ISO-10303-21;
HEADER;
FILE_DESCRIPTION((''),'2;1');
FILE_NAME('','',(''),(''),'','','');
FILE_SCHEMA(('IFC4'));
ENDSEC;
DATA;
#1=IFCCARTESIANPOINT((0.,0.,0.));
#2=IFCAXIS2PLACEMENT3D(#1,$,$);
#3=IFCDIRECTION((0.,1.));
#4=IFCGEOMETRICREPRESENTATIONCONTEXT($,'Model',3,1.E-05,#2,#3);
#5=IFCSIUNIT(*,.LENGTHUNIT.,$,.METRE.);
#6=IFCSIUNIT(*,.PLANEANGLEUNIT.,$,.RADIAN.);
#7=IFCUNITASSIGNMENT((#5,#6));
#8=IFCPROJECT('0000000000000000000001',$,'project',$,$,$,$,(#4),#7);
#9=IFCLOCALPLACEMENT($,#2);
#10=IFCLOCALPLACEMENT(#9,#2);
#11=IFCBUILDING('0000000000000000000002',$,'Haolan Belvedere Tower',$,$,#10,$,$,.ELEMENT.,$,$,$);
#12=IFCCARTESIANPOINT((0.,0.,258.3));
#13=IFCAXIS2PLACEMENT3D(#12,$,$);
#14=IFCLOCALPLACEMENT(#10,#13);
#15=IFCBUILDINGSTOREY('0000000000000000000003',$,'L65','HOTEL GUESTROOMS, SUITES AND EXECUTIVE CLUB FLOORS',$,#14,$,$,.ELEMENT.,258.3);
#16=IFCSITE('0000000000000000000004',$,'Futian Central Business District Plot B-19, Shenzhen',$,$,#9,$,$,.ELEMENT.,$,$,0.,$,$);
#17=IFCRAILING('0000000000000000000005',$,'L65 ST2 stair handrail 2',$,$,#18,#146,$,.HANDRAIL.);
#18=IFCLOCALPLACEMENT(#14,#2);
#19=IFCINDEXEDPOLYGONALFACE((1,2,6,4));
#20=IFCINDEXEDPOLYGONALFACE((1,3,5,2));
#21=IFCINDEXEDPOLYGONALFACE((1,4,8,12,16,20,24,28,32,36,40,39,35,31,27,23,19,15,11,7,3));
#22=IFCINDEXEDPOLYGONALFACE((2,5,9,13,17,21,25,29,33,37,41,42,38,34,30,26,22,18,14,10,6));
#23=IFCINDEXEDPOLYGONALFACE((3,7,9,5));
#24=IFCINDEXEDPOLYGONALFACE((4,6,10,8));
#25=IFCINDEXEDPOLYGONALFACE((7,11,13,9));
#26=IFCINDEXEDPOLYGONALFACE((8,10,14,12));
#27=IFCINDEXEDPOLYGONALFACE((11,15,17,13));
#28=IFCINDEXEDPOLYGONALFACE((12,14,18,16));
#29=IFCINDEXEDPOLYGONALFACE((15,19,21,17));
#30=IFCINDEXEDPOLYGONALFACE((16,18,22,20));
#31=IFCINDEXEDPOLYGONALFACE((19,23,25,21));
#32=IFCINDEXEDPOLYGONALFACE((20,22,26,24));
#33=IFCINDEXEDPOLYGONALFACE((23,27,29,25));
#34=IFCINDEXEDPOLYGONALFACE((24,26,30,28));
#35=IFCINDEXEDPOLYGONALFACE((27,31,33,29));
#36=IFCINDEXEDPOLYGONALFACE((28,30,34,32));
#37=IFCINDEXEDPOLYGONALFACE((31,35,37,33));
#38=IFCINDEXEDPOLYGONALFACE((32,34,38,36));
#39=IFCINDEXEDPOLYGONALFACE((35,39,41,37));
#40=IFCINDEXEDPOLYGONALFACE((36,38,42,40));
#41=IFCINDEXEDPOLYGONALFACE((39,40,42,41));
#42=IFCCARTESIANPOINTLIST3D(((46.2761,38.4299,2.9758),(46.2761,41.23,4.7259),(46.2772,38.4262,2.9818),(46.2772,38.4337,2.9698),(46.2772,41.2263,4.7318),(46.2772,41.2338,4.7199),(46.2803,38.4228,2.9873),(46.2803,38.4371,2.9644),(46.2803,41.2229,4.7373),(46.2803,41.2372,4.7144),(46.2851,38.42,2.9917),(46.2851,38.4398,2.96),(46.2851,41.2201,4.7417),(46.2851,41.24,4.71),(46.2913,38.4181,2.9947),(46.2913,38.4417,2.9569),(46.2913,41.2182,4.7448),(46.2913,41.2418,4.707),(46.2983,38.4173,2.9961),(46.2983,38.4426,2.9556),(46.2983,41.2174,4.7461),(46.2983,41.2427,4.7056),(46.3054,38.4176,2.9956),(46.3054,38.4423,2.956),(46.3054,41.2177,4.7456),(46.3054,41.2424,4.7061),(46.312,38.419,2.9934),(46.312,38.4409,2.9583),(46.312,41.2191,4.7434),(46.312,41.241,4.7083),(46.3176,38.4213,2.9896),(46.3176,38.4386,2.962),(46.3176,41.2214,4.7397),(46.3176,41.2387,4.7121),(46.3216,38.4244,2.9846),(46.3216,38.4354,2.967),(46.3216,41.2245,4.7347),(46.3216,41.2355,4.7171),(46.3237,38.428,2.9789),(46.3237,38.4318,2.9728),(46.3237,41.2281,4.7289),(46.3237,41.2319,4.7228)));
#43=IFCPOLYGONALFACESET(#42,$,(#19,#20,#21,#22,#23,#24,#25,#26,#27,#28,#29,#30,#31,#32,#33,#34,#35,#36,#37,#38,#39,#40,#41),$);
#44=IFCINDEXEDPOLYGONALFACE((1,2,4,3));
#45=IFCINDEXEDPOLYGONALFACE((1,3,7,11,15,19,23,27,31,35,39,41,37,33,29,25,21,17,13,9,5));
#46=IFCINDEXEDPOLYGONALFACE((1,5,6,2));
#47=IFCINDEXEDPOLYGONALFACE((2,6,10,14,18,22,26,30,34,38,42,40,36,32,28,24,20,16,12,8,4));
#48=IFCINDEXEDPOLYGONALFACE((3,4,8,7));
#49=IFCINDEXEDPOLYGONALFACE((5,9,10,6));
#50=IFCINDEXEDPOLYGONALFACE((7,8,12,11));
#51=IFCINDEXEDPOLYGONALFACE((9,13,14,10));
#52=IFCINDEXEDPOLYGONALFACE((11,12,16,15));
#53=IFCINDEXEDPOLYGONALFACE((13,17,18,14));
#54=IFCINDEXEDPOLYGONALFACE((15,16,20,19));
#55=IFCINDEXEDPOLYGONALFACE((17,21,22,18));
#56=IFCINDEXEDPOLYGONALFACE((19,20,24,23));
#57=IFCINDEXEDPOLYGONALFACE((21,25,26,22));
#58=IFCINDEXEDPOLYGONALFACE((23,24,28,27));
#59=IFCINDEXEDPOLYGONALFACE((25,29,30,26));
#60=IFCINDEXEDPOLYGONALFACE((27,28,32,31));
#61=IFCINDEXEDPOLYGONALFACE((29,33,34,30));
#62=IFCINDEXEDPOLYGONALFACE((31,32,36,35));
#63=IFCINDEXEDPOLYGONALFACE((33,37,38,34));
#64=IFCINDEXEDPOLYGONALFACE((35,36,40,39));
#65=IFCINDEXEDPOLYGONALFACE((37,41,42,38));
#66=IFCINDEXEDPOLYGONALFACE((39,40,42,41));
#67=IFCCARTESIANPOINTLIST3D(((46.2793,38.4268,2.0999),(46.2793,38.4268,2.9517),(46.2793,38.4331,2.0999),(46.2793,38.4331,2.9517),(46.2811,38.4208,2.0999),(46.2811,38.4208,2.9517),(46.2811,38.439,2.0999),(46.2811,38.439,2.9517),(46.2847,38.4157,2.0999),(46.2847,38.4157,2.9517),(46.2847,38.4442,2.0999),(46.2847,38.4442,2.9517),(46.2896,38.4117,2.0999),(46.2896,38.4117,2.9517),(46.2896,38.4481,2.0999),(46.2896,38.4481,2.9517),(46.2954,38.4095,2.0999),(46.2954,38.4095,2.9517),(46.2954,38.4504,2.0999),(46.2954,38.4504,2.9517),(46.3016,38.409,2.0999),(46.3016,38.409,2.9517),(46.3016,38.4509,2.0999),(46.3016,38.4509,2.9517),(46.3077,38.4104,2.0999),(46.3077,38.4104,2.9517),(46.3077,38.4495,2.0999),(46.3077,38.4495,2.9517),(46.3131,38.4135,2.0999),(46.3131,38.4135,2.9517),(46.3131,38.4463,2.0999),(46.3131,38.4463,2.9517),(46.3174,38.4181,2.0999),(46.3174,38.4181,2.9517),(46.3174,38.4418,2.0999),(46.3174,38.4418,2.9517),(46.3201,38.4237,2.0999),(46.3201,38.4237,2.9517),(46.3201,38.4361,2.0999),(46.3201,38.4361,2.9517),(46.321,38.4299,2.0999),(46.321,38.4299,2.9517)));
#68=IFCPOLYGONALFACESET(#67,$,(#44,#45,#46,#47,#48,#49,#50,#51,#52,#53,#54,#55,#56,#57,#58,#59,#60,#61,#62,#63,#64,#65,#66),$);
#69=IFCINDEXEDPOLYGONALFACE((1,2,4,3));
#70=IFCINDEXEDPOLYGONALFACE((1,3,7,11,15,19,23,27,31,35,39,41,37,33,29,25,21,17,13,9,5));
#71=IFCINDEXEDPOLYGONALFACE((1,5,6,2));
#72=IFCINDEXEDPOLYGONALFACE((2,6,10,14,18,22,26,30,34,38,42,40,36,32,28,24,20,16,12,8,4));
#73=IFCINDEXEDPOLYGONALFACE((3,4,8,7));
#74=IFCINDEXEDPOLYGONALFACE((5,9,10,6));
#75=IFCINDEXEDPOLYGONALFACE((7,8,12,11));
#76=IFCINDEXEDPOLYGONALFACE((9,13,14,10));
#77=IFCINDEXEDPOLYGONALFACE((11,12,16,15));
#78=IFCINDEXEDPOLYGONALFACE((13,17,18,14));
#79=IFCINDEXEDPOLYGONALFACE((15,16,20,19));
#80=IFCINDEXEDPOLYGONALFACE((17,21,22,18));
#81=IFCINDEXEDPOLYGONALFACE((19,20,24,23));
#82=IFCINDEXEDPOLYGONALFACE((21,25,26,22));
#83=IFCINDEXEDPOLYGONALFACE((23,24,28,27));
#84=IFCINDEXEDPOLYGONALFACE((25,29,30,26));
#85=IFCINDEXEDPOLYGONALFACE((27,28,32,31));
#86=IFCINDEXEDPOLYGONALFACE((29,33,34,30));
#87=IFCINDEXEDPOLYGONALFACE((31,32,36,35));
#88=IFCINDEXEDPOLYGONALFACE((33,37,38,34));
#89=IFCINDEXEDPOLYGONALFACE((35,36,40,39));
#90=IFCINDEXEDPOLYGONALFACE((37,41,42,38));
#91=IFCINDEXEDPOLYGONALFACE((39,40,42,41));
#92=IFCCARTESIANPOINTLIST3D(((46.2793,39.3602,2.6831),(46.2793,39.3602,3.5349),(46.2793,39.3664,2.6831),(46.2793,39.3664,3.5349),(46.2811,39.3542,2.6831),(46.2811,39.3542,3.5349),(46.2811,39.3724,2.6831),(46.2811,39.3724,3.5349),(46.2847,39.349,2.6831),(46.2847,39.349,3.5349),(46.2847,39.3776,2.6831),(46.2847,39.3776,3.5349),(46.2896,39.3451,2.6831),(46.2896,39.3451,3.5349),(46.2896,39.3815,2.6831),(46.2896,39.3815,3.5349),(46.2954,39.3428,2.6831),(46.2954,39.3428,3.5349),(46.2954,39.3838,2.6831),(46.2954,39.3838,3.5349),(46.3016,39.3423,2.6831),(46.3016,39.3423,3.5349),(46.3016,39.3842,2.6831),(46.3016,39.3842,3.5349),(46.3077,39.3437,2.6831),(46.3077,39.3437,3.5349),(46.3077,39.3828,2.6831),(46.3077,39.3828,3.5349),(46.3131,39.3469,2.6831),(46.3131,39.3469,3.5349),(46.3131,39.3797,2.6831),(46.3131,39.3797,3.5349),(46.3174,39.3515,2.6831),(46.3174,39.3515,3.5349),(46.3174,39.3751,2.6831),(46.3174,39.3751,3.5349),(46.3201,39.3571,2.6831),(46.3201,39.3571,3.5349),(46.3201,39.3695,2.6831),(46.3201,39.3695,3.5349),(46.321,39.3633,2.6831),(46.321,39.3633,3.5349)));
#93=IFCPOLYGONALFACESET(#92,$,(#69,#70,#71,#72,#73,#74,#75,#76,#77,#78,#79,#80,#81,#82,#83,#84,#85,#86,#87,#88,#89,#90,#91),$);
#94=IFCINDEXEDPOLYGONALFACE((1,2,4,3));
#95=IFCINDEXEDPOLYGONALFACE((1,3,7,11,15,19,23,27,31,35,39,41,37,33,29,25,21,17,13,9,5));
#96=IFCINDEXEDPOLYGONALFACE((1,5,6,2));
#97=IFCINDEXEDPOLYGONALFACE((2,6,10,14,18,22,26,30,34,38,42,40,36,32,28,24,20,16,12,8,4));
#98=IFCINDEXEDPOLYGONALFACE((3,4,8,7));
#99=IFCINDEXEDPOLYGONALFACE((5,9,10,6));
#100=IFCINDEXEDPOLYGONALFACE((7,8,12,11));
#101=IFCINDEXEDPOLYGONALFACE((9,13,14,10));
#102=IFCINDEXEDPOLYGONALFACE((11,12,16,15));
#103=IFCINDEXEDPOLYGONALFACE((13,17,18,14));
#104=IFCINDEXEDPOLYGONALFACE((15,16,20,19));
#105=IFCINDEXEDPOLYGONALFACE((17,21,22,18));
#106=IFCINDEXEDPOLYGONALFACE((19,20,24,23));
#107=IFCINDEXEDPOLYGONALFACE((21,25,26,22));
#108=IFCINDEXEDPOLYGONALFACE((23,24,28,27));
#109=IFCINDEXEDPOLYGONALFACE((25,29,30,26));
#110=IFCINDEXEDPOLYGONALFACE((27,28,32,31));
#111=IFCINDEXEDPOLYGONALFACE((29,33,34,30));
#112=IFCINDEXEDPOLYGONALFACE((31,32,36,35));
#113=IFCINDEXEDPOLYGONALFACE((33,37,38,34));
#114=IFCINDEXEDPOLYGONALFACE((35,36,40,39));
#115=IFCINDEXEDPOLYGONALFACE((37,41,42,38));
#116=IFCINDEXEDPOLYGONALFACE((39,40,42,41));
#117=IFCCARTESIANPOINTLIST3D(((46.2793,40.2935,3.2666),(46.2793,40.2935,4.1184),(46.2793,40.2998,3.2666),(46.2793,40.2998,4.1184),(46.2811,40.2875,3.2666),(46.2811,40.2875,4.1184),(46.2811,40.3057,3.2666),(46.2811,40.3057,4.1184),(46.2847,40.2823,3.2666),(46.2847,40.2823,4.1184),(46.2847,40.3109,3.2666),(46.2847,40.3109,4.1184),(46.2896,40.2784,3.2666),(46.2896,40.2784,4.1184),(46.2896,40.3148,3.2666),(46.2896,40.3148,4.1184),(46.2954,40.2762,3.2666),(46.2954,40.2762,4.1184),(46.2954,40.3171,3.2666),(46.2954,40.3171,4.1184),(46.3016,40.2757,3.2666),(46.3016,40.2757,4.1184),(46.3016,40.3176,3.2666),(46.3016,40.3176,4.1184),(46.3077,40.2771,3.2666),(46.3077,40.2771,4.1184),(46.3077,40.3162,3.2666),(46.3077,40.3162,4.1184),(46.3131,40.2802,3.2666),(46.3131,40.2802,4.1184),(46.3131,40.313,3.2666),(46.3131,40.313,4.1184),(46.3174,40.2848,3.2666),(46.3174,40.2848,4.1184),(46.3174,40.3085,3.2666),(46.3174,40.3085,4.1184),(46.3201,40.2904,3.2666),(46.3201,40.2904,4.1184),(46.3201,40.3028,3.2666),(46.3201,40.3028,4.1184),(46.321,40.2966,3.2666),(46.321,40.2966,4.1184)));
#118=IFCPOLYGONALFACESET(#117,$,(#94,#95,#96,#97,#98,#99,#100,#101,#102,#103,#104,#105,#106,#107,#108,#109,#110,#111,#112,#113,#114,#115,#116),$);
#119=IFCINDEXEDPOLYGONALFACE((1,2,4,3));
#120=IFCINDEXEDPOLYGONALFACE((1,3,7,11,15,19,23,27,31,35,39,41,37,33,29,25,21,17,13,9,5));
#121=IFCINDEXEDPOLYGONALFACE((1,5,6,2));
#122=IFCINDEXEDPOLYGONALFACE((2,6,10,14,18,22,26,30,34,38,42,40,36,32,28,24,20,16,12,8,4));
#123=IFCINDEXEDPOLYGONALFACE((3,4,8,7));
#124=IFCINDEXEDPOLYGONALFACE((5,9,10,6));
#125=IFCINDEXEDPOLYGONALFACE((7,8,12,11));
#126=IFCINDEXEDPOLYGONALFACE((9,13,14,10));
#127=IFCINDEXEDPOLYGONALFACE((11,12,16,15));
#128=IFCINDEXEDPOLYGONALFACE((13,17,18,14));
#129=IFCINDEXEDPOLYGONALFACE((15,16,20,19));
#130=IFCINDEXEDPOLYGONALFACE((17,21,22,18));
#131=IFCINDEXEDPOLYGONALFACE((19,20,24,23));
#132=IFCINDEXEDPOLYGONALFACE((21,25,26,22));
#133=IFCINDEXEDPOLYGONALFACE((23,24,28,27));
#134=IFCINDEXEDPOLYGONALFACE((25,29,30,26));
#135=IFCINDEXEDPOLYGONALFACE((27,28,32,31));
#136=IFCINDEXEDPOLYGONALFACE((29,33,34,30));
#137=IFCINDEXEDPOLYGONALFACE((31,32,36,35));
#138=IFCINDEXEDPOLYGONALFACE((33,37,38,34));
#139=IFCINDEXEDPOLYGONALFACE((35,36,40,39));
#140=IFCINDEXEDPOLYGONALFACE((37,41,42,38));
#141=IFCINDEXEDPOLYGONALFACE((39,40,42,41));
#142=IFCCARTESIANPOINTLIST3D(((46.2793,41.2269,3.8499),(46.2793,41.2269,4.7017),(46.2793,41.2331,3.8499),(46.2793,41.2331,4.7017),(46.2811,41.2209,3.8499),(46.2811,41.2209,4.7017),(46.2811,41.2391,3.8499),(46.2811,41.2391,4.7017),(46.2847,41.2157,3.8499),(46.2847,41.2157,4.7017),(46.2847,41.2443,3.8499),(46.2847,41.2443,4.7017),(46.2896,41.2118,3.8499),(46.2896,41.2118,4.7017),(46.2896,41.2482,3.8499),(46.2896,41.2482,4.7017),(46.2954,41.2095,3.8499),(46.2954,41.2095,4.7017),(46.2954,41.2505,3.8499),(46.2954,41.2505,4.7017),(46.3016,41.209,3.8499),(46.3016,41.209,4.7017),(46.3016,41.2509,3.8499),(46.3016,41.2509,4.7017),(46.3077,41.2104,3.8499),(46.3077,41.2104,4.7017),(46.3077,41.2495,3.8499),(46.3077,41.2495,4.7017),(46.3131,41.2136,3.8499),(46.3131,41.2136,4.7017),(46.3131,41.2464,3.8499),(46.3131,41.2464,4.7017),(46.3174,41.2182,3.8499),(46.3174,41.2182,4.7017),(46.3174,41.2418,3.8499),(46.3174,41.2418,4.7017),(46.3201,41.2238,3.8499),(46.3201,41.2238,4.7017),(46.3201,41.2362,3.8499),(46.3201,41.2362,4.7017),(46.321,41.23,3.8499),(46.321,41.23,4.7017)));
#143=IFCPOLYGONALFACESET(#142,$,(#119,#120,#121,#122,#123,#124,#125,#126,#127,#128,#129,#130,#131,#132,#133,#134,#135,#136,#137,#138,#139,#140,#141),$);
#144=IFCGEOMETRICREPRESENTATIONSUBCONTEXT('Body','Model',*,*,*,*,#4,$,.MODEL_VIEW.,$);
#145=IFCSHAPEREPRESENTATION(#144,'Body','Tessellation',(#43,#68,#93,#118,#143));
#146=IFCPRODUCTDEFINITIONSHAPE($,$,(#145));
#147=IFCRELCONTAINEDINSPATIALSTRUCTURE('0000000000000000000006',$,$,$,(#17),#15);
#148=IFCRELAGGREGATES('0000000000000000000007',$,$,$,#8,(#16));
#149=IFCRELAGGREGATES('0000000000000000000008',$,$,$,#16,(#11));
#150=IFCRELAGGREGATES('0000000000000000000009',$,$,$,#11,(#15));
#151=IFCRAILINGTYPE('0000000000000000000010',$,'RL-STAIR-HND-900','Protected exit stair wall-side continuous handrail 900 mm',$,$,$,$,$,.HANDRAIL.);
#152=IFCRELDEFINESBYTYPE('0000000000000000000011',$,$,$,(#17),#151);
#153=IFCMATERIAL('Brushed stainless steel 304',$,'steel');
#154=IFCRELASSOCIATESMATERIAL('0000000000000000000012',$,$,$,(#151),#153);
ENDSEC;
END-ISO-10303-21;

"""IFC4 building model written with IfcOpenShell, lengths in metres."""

from ifc_helpers import new_model, si_unit, direction, frame, origin, origin_2d, place, context, subcontext, project, spatial, circle, extrude, material, type_object, element, save


model = new_model("IFC4")

# Units and contexts
model_context = context("Model", 3, precision=1e-05, world=origin(), true_north=direction((0.0, 1.0)))
body_context = subcontext(model_context, "Body", "Model", "MODEL_VIEW")
ifc_project = project(units=[si_unit("LENGTHUNIT", "METRE"), si_unit("PLANEANGLEUNIT", "RADIAN")], contexts=[model_context])

# Site, building, storey
site_placement = place(None, origin())
site = spatial("IfcSite", under=ifc_project, at=site_placement, Name="Futian Central Business District Plot B-19, Shenzhen", CompositionType="ELEMENT", RefElevation=0.0)
building_placement = place(site_placement, origin())
building = spatial("IfcBuilding", under=site, at=building_placement, Name="Haolan Belvedere Tower", CompositionType="ELEMENT")
storey_placement = place(building_placement, frame((0.0, 0.0, 258.3)))
storey = spatial("IfcBuildingStorey", under=building, at=storey_placement, Name="L65", Description="HOTEL GUESTROOMS, SUITES AND EXECUTIVE CLUB FLOORS", CompositionType="ELEMENT", Elevation=258.3)

# Railing
ifc_material_1 = material(Name="Brushed stainless steel 304", Category="steel")
railing_type_1 = type_object("IfcRailingType", Name="RL-STAIR-HND-900", Description="Protected exit stair wall-side continuous handrail 900 mm", PredefinedType="HANDRAIL", material=ifc_material_1)
railing_1_placement = place(storey_placement, frame((46.3, 38.4299, 2.0999)))
element("IfcRailing", 1, at=railing_1_placement, inside=storey, type_object=railing_type_1, Name="L65 ST2 stair handrail 2", PredefinedType="HANDRAIL", context=body_context, shape_type="SweptSolid", body=[
    extrude(circle(Radius=0.0239, at=origin_2d()), frame((0.0, 0.0, 0.876), z_axis=(0.0, 0.848002, 0.529992), x_axis=(-1.0, 0.0, 0.0)), (0.0, 0.0, 1.0), 3.302),
    extrude(circle(Radius=0.021, at=origin_2d()), origin(), (0.0, 0.0, 1.0), 0.8518),
    extrude(circle(Radius=0.021, at=origin_2d()), frame((0.0, 0.9333, 0.5833)), (0.0, 0.0, 1.0), 0.8518),
    extrude(circle(Radius=0.021, at=origin_2d()), frame((0.0, 1.8667, 1.1667)), (0.0, 0.0, 1.0), 0.8518),
    extrude(circle(Radius=0.021, at=origin_2d()), frame((0.0, 2.8, 1.75)), (0.0, 0.0, 1.0), 0.8518),
])

save(model, "model.ifc")
